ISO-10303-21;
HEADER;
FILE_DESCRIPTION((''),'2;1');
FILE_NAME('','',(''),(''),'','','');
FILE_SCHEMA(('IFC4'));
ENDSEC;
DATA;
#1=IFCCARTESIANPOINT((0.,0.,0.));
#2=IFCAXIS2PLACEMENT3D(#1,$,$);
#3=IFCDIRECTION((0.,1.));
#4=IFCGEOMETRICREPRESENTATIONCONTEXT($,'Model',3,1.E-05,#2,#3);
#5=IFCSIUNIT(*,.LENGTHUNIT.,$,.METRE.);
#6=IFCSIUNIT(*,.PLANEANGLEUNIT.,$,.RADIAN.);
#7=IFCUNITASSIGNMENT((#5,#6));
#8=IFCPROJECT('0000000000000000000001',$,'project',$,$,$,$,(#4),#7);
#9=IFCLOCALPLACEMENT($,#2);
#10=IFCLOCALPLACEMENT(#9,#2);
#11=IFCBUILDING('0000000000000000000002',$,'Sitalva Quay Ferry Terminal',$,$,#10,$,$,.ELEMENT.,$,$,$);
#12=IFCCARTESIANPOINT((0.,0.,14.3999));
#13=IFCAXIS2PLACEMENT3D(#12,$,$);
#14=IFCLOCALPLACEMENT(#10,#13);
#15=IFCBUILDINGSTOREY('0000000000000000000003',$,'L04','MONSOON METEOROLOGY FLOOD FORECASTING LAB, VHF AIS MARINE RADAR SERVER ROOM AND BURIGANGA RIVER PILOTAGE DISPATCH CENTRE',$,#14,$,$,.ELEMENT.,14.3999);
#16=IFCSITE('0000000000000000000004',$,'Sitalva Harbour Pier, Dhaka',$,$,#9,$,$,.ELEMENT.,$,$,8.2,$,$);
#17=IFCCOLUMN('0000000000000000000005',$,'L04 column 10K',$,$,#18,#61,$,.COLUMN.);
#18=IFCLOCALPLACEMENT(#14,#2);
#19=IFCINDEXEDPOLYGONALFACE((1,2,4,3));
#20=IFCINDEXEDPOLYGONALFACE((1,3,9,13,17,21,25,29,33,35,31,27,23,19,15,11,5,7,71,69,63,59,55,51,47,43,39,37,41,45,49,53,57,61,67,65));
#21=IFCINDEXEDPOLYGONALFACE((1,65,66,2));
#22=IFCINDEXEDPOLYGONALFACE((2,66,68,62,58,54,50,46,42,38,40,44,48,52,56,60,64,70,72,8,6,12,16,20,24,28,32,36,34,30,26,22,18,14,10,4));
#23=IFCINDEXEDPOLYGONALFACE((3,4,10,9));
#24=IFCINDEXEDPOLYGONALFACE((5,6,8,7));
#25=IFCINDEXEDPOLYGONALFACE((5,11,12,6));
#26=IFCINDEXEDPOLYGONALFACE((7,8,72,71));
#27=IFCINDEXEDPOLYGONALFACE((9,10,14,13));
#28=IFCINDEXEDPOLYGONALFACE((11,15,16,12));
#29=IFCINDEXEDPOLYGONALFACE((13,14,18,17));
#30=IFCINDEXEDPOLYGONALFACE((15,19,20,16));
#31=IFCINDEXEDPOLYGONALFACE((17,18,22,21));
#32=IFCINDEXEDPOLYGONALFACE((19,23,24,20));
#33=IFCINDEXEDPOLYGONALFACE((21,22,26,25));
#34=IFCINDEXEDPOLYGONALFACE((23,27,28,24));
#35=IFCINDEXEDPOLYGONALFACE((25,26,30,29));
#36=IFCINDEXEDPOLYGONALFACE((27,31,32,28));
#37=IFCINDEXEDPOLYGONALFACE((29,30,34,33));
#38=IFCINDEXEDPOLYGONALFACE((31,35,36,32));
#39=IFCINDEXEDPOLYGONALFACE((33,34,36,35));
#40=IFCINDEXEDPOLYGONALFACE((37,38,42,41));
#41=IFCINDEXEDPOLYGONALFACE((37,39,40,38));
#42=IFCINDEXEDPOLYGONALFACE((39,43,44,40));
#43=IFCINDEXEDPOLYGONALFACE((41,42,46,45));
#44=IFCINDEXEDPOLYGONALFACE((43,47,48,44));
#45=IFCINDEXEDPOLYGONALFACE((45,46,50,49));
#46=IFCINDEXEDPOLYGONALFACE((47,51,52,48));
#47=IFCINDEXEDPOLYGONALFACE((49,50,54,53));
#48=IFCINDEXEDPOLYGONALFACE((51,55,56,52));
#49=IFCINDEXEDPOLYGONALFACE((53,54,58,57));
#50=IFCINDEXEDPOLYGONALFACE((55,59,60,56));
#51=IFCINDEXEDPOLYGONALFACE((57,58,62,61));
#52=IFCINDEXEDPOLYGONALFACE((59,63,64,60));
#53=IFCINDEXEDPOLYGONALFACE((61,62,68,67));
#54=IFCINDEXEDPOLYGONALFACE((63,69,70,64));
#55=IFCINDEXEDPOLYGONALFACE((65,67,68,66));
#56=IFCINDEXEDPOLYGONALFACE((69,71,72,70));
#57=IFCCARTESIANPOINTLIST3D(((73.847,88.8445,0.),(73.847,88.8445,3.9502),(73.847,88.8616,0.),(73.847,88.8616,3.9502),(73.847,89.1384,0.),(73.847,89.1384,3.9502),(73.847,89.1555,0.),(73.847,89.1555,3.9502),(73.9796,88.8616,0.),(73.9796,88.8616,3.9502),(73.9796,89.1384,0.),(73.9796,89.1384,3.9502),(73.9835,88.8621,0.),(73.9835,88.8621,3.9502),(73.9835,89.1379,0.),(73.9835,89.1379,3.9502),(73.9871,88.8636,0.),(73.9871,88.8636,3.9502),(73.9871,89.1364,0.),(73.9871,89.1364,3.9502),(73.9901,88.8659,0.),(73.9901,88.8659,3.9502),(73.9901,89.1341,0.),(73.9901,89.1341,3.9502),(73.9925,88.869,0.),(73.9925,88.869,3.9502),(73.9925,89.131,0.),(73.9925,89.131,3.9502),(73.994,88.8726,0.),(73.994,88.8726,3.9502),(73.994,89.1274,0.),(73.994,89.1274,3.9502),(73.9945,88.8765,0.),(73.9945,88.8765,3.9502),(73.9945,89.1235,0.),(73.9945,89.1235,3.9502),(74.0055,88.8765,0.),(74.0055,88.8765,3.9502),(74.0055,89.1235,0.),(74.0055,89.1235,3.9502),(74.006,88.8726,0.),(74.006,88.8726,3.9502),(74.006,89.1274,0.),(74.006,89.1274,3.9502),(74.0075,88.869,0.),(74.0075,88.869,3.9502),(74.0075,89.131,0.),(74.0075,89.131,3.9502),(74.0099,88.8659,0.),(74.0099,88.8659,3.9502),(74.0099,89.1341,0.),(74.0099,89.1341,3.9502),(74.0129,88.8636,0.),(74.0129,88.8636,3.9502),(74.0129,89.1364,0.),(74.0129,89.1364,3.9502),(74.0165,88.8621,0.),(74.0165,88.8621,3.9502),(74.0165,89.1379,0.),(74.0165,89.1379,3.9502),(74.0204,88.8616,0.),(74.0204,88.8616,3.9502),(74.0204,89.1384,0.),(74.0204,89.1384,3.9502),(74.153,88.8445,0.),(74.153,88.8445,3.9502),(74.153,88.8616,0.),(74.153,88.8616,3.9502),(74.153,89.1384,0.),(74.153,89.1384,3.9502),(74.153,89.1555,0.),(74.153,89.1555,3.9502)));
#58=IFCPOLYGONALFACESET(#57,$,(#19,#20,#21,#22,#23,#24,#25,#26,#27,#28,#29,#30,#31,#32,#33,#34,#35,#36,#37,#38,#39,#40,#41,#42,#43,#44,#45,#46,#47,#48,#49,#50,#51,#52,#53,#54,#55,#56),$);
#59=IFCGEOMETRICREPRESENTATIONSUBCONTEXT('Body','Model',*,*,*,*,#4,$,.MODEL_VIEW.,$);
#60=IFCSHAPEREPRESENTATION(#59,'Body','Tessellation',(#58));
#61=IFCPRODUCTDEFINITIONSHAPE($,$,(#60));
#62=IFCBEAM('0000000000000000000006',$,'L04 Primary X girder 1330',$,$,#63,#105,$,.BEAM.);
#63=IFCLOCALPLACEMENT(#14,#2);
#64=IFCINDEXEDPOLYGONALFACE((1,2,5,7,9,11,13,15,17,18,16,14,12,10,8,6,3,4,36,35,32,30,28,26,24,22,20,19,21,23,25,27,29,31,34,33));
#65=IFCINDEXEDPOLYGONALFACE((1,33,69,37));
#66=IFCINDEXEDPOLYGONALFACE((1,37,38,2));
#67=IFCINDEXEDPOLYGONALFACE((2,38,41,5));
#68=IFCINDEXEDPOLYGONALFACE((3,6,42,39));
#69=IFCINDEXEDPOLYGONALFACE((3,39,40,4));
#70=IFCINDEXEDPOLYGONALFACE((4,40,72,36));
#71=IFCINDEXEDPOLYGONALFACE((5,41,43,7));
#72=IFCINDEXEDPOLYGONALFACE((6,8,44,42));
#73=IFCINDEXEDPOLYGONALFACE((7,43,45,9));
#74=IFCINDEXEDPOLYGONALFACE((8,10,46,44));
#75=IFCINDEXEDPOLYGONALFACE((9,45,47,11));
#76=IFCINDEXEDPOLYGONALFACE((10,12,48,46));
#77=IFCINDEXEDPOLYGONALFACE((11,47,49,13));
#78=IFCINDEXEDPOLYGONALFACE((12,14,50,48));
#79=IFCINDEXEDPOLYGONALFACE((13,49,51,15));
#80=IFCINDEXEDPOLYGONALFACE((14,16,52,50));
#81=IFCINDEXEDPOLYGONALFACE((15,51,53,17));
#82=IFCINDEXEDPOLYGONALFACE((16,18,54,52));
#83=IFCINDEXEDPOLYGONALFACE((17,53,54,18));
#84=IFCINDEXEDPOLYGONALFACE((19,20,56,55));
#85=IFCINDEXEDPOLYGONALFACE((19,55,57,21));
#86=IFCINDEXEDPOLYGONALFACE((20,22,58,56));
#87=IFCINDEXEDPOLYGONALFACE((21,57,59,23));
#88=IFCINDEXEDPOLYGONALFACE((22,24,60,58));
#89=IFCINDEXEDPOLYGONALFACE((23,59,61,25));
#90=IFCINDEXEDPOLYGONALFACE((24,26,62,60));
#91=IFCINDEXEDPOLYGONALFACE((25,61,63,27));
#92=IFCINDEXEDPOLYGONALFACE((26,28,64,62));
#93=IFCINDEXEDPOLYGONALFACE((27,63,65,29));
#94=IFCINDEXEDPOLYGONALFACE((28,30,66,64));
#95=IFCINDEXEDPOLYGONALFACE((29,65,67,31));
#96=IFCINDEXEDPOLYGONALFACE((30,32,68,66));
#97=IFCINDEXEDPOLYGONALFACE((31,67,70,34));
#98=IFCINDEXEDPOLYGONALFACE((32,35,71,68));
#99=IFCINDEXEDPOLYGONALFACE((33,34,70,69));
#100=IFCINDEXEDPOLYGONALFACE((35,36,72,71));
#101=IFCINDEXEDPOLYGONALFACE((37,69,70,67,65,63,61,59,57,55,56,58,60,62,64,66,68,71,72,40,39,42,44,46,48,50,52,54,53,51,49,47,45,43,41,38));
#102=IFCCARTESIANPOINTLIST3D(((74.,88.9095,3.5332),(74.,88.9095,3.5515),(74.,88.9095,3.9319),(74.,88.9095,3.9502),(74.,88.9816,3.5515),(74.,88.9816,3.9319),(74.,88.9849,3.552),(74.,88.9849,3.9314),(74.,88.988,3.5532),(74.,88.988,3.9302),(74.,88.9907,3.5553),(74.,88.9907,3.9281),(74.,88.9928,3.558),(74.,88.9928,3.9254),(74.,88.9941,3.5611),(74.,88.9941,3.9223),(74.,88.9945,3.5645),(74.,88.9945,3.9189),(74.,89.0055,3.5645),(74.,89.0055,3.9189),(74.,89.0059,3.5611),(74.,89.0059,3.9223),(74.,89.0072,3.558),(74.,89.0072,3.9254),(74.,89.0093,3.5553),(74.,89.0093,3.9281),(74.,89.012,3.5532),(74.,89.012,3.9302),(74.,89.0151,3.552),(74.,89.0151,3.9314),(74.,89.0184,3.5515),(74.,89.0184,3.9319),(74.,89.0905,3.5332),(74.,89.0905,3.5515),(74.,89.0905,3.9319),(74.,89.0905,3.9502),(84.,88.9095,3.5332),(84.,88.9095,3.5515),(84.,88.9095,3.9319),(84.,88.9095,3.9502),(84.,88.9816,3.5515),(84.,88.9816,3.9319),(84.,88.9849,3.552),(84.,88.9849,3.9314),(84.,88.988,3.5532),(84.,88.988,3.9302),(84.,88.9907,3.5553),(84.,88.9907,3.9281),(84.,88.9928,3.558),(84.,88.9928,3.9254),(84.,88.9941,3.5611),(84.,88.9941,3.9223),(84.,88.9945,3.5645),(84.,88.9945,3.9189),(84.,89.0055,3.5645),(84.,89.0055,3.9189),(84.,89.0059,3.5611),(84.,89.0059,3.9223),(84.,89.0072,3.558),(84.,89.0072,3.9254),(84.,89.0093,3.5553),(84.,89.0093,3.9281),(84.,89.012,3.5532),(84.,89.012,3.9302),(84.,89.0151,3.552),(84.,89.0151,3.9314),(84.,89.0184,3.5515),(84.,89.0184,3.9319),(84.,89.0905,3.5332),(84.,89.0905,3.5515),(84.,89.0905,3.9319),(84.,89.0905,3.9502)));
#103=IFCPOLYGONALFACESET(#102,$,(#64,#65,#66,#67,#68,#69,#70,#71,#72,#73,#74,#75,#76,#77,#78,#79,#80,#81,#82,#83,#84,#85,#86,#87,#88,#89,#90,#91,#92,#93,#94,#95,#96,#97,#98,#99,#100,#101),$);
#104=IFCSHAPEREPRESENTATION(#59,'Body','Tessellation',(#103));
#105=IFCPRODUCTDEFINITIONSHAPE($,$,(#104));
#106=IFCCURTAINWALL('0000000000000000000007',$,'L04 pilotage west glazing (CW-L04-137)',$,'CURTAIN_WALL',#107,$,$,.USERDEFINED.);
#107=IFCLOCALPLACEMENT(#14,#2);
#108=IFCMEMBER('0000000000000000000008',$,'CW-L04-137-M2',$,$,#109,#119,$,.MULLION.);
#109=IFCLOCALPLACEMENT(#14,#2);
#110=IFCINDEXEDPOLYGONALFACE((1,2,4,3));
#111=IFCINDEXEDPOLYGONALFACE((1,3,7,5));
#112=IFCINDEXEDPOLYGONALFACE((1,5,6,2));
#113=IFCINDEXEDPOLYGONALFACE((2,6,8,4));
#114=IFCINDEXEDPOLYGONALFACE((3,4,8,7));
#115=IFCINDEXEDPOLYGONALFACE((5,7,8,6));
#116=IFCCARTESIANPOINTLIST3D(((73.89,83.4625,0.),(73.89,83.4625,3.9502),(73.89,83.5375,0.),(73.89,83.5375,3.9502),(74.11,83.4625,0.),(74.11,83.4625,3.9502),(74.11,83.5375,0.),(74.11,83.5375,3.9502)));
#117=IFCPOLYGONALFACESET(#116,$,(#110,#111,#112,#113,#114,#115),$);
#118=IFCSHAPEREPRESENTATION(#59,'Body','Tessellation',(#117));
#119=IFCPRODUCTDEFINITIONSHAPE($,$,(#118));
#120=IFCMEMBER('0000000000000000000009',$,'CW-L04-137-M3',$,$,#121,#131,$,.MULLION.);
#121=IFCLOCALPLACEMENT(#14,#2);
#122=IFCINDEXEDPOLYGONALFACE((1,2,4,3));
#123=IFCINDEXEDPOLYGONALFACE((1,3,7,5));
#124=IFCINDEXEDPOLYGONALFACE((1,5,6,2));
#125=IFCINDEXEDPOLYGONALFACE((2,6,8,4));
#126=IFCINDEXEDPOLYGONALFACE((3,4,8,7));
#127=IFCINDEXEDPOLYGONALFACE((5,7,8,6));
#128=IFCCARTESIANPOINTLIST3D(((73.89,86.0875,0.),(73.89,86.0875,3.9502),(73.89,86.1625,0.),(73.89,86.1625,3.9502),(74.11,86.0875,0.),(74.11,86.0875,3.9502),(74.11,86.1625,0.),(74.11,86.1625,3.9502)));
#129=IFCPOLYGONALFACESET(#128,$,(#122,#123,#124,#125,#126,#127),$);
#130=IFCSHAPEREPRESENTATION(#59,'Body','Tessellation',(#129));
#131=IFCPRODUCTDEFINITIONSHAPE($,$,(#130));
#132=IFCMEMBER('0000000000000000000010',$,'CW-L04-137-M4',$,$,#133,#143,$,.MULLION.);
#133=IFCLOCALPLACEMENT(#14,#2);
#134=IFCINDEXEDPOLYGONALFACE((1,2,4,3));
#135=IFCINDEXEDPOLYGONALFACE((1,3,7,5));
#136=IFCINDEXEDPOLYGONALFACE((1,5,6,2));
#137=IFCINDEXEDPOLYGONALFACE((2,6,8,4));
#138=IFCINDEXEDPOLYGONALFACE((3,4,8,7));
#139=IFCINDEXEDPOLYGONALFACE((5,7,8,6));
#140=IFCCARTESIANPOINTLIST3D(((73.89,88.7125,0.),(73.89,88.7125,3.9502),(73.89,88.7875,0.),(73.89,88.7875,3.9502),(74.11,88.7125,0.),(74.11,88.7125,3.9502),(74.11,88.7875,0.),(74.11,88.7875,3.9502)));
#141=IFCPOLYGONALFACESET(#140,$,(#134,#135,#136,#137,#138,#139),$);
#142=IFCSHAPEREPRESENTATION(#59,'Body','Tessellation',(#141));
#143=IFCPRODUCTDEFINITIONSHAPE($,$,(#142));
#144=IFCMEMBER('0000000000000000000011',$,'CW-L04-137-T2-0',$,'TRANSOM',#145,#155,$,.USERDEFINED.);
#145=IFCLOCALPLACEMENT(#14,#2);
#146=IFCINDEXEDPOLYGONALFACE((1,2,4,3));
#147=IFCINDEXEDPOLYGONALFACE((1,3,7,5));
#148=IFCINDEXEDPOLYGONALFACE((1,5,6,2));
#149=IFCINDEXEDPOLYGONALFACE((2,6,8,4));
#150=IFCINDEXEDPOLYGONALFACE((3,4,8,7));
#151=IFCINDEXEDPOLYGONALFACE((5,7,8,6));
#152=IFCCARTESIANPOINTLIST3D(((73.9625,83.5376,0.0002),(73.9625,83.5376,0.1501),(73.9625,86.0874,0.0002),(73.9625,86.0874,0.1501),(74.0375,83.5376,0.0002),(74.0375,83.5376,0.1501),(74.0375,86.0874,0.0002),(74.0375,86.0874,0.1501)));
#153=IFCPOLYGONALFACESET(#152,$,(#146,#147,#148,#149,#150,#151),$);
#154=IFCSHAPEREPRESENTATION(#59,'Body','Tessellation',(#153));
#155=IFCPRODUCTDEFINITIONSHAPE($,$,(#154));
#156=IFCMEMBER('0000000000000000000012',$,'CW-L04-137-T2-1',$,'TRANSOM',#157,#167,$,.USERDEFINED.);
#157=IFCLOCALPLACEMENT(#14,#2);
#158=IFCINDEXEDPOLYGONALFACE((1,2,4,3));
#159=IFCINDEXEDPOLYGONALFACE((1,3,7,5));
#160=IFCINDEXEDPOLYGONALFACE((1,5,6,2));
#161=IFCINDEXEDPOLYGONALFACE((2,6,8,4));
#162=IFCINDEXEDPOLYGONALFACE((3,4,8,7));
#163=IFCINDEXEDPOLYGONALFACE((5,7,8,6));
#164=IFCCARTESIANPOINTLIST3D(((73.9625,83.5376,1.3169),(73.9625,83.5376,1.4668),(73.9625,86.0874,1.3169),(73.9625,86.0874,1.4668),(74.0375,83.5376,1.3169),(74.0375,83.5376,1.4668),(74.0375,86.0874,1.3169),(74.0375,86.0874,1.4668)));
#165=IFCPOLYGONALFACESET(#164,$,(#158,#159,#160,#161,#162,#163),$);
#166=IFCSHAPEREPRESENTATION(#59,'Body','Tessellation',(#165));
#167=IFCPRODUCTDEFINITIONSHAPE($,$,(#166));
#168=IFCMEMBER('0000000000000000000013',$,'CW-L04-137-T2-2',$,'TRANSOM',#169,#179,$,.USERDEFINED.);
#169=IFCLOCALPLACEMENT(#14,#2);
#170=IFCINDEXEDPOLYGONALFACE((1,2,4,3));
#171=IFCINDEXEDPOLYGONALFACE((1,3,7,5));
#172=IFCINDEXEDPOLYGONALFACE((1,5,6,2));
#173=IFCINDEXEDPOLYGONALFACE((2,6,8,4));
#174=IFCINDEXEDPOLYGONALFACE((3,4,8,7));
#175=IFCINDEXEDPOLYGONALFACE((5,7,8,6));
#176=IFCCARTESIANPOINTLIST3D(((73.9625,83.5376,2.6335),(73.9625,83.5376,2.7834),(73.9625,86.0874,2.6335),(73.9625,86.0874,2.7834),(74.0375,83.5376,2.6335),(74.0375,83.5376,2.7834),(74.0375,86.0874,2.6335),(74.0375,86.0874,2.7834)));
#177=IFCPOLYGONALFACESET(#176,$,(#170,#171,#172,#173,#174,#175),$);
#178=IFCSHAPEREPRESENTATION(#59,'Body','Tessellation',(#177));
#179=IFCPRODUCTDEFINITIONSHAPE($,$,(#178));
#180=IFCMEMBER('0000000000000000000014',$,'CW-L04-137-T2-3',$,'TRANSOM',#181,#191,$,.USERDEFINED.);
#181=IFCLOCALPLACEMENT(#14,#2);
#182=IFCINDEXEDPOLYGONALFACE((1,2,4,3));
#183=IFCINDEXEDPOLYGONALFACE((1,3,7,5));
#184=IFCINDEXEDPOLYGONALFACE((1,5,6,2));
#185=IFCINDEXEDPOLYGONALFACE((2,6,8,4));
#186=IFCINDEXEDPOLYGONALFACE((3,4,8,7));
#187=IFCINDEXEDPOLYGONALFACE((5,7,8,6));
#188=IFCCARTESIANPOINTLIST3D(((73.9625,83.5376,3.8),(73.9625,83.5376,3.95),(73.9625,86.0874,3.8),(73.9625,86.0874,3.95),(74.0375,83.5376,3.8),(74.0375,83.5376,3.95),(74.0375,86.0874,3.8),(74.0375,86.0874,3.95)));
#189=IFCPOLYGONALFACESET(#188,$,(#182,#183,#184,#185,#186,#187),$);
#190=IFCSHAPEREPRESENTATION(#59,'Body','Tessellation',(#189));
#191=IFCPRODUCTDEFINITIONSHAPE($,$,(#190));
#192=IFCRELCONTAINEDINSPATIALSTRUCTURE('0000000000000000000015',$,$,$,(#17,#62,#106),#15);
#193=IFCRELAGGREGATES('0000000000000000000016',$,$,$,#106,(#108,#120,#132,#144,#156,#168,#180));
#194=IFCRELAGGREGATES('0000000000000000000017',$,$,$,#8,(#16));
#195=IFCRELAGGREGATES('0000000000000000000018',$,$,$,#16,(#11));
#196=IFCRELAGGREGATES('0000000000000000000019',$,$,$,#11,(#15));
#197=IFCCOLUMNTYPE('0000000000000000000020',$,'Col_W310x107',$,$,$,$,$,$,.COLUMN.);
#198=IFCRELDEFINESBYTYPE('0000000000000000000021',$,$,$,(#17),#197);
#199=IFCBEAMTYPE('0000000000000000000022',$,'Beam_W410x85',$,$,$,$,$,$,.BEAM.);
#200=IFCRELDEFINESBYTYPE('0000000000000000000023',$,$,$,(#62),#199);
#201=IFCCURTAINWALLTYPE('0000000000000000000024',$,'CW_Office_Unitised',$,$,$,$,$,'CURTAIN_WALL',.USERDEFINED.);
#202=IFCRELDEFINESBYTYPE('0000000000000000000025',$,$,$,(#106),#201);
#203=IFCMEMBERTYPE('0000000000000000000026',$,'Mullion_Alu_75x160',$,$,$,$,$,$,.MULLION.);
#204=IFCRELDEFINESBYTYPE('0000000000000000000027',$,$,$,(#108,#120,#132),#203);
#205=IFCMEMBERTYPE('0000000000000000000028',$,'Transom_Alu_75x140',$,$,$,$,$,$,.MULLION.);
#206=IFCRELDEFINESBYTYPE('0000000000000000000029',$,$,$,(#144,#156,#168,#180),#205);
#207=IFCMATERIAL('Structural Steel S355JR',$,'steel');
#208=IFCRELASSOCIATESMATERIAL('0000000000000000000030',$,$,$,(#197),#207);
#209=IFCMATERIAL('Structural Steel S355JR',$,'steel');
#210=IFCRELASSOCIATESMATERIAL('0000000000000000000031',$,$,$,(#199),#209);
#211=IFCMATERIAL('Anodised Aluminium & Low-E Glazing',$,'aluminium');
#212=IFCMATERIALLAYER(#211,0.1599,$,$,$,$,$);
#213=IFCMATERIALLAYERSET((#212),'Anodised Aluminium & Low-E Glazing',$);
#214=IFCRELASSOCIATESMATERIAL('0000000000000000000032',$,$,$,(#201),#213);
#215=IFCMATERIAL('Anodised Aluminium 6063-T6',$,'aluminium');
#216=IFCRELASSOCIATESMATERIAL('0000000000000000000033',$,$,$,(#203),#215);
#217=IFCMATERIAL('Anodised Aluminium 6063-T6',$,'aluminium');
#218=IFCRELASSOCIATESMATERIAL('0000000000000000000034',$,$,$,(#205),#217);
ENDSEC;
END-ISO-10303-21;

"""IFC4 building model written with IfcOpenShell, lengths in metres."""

from ifc_helpers import new_model, si_unit, direction, frame, origin, origin_2d, place, context, subcontext, project, spatial, rectangle, i_section, extrude, material, layer, layer_set, material_profile, profile_set, type_object, element, aggregate, save


model = new_model("IFC4")

# Units and contexts
model_context = context("Model", 3, precision=1e-05, world=origin(), true_north=direction((0.0, 1.0)))
body_context = subcontext(model_context, "Body", "Model", "MODEL_VIEW")
ifc_project = project(units=[si_unit("LENGTHUNIT", "METRE"), si_unit("PLANEANGLEUNIT", "RADIAN")], contexts=[model_context])

# Site, building, storey
site_placement = place(None, origin())
site = spatial("IfcSite", under=ifc_project, at=site_placement, Name="Sitalva Harbour Pier, Dhaka", CompositionType="ELEMENT", RefElevation=8.2)
building_placement = place(site_placement, origin())
building = spatial("IfcBuilding", under=site, at=building_placement, Name="Sitalva Quay Ferry Terminal", CompositionType="ELEMENT")
storey_placement = place(building_placement, frame((0.0, 0.0, 14.3999)))
storey = spatial("IfcBuildingStorey", under=building, at=storey_placement, Name="L04", Description="MONSOON METEOROLOGY FLOOD FORECASTING LAB, VHF AIS MARINE RADAR SERVER ROOM AND BURIGANGA RIVER PILOTAGE DISPATCH CENTRE", CompositionType="ELEMENT", Elevation=14.3999)

# Column
ifc_material_1 = material(Name="Structural Steel S355JR", Category="steel")
ifc_material_profile_1 = material_profile(ifc_material_1, i_section(OverallWidth=0.3059, OverallDepth=0.311, WebThickness=0.011, FlangeThickness=0.0171, FilletRadius=0.0149, at=origin_2d()), Name="W310x107")
ifc_profile_set_1 = profile_set([ifc_material_profile_1], Name="Structural Steel S355JR")
column_type = type_object("IfcColumnType", Name="Col_W310x107", PredefinedType="COLUMN", material=ifc_profile_set_1)
column_placement = place(storey_placement, frame((74.0, 89.0, 0.0), z_axis=(0.0, 0.0, 1.0), x_axis=(1.0, 0.0, 0.0)))
element("IfcColumn", 1, at=column_placement, inside=storey, type_object=column_type, Name="L04 column 10K", PredefinedType="COLUMN", context=body_context, shape_type="SweptSolid", body=[
    extrude(i_section(OverallWidth=0.3059, OverallDepth=0.311, WebThickness=0.011, FlangeThickness=0.0171, FilletRadius=0.0149, at=origin_2d()), origin(), (0.0, 0.0, 1.0), 3.9502),
])

# Beam
ifc_material_2 = material(Name="Structural Steel S355JR", Category="steel")
ifc_material_profile_2 = material_profile(ifc_material_2, i_section(OverallWidth=0.1809, OverallDepth=0.417, WebThickness=0.011, FlangeThickness=0.0183, FilletRadius=0.0129, at=origin_2d()), Name="W410x85")
ifc_profile_set_2 = profile_set([ifc_material_profile_2], Name="Structural Steel S355JR")
beam_type = type_object("IfcBeamType", Name="Beam_W410x85", PredefinedType="BEAM", material=ifc_profile_set_2)
beam_placement = place(storey_placement, frame((74.0, 89.0, 3.7417), z_axis=(1.0, 0.0, 0.0), x_axis=(0.0, 1.0, 0.0)))
element("IfcBeam", 2, at=beam_placement, inside=storey, type_object=beam_type, Name="L04 Primary X girder 1330", PredefinedType="BEAM", context=body_context, shape_type="SweptSolid", body=[
    extrude(i_section(OverallWidth=0.1809, OverallDepth=0.417, WebThickness=0.011, FlangeThickness=0.0183, FilletRadius=0.0129, at=origin_2d()), origin(), (0.0, 0.0, 1.0), 10.0),
])

# Curtain wall, members
ifc_material_3 = material(Name="Anodised Aluminium & Low-E Glazing", Category="aluminium")
ifc_layer_1 = layer(ifc_material_3, 0.1599)
ifc_layer_set_1 = layer_set([ifc_layer_1], Name="Anodised Aluminium & Low-E Glazing")
curtain_wall_type = type_object("IfcCurtainWallType", Name="CW_Office_Unitised", ElementType="CURTAIN_WALL", PredefinedType="USERDEFINED", material=ifc_layer_set_1)
curtain_wall_placement = place(storey_placement, origin())
curtain_wall = element("IfcCurtainWall", 3, at=curtain_wall_placement, inside=storey, type_object=curtain_wall_type, Name="L04 pilotage west glazing (CW-L04-137)", ObjectType="CURTAIN_WALL", PredefinedType="USERDEFINED")
ifc_material_4 = material(Name="Anodised Aluminium 6063-T6", Category="aluminium")
ifc_material_profile_3 = material_profile(ifc_material_4, rectangle(XDim=0.075, YDim=0.22, at=origin_2d()), Name="ALU75x220")
ifc_profile_set_3 = profile_set([ifc_material_profile_3], Name="Anodised Aluminium 6063-T6")
member_type_1 = type_object("IfcMemberType", Name="Mullion_Alu_75x160", PredefinedType="MULLION", material=ifc_profile_set_3)
member_1_placement = place(storey_placement, frame((74.0, 83.5, 0.0), z_axis=(0.0, 0.0, 1.0), x_axis=(0.0, 1.0, 0.0)))
member_1 = element("IfcMember", 4, at=member_1_placement, type_object=member_type_1, Name="CW-L04-137-M2", PredefinedType="MULLION", context=body_context, shape_type="SweptSolid", body=[
    extrude(rectangle(XDim=0.075, YDim=0.22, at=origin_2d()), origin(), (0.0, 0.0, 1.0), 3.9502),
])
member_2_placement = place(storey_placement, frame((74.0, 86.125, 0.0), z_axis=(0.0, 0.0, 1.0), x_axis=(0.0, 1.0, 0.0)))
member_2 = element("IfcMember", 5, at=member_2_placement, type_object=member_type_1, Name="CW-L04-137-M3", PredefinedType="MULLION", context=body_context, shape_type="SweptSolid", body=[
    extrude(rectangle(XDim=0.075, YDim=0.22, at=origin_2d()), origin(), (0.0, 0.0, 1.0), 3.9502),
])
member_3_placement = place(storey_placement, frame((74.0, 88.75, 0.0), z_axis=(0.0, 0.0, 1.0), x_axis=(0.0, 1.0, 0.0)))
member_3 = element("IfcMember", 6, at=member_3_placement, type_object=member_type_1, Name="CW-L04-137-M4", PredefinedType="MULLION", context=body_context, shape_type="SweptSolid", body=[
    extrude(rectangle(XDim=0.075, YDim=0.22, at=origin_2d()), origin(), (0.0, 0.0, 1.0), 3.9502),
])
ifc_material_5 = material(Name="Anodised Aluminium 6063-T6", Category="aluminium")
ifc_material_profile_4 = material_profile(ifc_material_5, rectangle(XDim=0.075, YDim=0.1499, at=origin_2d()), Name="ALU75x150")
ifc_profile_set_4 = profile_set([ifc_material_profile_4], Name="Anodised Aluminium 6063-T6")
member_type_2 = type_object("IfcMemberType", Name="Transom_Alu_75x140", PredefinedType="MULLION", material=ifc_profile_set_4)
member_4_placement = place(storey_placement, frame((74.0, 83.5376, 0.0752), z_axis=(0.0, 1.0, 0.0), x_axis=(-1.0, 0.0, 0.0)))
member_4 = element("IfcMember", 7, at=member_4_placement, type_object=member_type_2, Name="CW-L04-137-T2-0", ObjectType="TRANSOM", PredefinedType="USERDEFINED", context=body_context, shape_type="SweptSolid", body=[
    extrude(rectangle(XDim=0.075, YDim=0.1499, at=origin_2d()), origin(), (0.0, 0.0, 1.0), 2.5498),
])
member_5_placement = place(storey_placement, frame((74.0, 83.5376, 1.3918), z_axis=(0.0, 1.0, 0.0), x_axis=(-1.0, 0.0, 0.0)))
member_5 = element("IfcMember", 8, at=member_5_placement, type_object=member_type_2, Name="CW-L04-137-T2-1", ObjectType="TRANSOM", PredefinedType="USERDEFINED", context=body_context, shape_type="SweptSolid", body=[
    extrude(rectangle(XDim=0.075, YDim=0.1499, at=origin_2d()), origin(), (0.0, 0.0, 1.0), 2.5498),
])
member_6_placement = place(storey_placement, frame((74.0, 83.5376, 2.7085), z_axis=(0.0, 1.0, 0.0), x_axis=(-1.0, 0.0, 0.0)))
member_6 = element("IfcMember", 9, at=member_6_placement, type_object=member_type_2, Name="CW-L04-137-T2-2", ObjectType="TRANSOM", PredefinedType="USERDEFINED", context=body_context, shape_type="SweptSolid", body=[
    extrude(rectangle(XDim=0.075, YDim=0.1499, at=origin_2d()), origin(), (0.0, 0.0, 1.0), 2.5498),
])
member_7_placement = place(storey_placement, frame((74.0, 83.5376, 3.875), z_axis=(0.0, 1.0, 0.0), x_axis=(-1.0, 0.0, 0.0)))
member_7 = element("IfcMember", 10, at=member_7_placement, type_object=member_type_2, Name="CW-L04-137-T2-3", ObjectType="TRANSOM", PredefinedType="USERDEFINED", context=body_context, shape_type="SweptSolid", body=[
    extrude(rectangle(XDim=0.075, YDim=0.1499, at=origin_2d()), origin(), (0.0, 0.0, 1.0), 2.5498),
])
aggregate(curtain_wall, [member_1, member_2, member_3, member_4, member_5, member_6, member_7])

save(model, "model.ifc")
